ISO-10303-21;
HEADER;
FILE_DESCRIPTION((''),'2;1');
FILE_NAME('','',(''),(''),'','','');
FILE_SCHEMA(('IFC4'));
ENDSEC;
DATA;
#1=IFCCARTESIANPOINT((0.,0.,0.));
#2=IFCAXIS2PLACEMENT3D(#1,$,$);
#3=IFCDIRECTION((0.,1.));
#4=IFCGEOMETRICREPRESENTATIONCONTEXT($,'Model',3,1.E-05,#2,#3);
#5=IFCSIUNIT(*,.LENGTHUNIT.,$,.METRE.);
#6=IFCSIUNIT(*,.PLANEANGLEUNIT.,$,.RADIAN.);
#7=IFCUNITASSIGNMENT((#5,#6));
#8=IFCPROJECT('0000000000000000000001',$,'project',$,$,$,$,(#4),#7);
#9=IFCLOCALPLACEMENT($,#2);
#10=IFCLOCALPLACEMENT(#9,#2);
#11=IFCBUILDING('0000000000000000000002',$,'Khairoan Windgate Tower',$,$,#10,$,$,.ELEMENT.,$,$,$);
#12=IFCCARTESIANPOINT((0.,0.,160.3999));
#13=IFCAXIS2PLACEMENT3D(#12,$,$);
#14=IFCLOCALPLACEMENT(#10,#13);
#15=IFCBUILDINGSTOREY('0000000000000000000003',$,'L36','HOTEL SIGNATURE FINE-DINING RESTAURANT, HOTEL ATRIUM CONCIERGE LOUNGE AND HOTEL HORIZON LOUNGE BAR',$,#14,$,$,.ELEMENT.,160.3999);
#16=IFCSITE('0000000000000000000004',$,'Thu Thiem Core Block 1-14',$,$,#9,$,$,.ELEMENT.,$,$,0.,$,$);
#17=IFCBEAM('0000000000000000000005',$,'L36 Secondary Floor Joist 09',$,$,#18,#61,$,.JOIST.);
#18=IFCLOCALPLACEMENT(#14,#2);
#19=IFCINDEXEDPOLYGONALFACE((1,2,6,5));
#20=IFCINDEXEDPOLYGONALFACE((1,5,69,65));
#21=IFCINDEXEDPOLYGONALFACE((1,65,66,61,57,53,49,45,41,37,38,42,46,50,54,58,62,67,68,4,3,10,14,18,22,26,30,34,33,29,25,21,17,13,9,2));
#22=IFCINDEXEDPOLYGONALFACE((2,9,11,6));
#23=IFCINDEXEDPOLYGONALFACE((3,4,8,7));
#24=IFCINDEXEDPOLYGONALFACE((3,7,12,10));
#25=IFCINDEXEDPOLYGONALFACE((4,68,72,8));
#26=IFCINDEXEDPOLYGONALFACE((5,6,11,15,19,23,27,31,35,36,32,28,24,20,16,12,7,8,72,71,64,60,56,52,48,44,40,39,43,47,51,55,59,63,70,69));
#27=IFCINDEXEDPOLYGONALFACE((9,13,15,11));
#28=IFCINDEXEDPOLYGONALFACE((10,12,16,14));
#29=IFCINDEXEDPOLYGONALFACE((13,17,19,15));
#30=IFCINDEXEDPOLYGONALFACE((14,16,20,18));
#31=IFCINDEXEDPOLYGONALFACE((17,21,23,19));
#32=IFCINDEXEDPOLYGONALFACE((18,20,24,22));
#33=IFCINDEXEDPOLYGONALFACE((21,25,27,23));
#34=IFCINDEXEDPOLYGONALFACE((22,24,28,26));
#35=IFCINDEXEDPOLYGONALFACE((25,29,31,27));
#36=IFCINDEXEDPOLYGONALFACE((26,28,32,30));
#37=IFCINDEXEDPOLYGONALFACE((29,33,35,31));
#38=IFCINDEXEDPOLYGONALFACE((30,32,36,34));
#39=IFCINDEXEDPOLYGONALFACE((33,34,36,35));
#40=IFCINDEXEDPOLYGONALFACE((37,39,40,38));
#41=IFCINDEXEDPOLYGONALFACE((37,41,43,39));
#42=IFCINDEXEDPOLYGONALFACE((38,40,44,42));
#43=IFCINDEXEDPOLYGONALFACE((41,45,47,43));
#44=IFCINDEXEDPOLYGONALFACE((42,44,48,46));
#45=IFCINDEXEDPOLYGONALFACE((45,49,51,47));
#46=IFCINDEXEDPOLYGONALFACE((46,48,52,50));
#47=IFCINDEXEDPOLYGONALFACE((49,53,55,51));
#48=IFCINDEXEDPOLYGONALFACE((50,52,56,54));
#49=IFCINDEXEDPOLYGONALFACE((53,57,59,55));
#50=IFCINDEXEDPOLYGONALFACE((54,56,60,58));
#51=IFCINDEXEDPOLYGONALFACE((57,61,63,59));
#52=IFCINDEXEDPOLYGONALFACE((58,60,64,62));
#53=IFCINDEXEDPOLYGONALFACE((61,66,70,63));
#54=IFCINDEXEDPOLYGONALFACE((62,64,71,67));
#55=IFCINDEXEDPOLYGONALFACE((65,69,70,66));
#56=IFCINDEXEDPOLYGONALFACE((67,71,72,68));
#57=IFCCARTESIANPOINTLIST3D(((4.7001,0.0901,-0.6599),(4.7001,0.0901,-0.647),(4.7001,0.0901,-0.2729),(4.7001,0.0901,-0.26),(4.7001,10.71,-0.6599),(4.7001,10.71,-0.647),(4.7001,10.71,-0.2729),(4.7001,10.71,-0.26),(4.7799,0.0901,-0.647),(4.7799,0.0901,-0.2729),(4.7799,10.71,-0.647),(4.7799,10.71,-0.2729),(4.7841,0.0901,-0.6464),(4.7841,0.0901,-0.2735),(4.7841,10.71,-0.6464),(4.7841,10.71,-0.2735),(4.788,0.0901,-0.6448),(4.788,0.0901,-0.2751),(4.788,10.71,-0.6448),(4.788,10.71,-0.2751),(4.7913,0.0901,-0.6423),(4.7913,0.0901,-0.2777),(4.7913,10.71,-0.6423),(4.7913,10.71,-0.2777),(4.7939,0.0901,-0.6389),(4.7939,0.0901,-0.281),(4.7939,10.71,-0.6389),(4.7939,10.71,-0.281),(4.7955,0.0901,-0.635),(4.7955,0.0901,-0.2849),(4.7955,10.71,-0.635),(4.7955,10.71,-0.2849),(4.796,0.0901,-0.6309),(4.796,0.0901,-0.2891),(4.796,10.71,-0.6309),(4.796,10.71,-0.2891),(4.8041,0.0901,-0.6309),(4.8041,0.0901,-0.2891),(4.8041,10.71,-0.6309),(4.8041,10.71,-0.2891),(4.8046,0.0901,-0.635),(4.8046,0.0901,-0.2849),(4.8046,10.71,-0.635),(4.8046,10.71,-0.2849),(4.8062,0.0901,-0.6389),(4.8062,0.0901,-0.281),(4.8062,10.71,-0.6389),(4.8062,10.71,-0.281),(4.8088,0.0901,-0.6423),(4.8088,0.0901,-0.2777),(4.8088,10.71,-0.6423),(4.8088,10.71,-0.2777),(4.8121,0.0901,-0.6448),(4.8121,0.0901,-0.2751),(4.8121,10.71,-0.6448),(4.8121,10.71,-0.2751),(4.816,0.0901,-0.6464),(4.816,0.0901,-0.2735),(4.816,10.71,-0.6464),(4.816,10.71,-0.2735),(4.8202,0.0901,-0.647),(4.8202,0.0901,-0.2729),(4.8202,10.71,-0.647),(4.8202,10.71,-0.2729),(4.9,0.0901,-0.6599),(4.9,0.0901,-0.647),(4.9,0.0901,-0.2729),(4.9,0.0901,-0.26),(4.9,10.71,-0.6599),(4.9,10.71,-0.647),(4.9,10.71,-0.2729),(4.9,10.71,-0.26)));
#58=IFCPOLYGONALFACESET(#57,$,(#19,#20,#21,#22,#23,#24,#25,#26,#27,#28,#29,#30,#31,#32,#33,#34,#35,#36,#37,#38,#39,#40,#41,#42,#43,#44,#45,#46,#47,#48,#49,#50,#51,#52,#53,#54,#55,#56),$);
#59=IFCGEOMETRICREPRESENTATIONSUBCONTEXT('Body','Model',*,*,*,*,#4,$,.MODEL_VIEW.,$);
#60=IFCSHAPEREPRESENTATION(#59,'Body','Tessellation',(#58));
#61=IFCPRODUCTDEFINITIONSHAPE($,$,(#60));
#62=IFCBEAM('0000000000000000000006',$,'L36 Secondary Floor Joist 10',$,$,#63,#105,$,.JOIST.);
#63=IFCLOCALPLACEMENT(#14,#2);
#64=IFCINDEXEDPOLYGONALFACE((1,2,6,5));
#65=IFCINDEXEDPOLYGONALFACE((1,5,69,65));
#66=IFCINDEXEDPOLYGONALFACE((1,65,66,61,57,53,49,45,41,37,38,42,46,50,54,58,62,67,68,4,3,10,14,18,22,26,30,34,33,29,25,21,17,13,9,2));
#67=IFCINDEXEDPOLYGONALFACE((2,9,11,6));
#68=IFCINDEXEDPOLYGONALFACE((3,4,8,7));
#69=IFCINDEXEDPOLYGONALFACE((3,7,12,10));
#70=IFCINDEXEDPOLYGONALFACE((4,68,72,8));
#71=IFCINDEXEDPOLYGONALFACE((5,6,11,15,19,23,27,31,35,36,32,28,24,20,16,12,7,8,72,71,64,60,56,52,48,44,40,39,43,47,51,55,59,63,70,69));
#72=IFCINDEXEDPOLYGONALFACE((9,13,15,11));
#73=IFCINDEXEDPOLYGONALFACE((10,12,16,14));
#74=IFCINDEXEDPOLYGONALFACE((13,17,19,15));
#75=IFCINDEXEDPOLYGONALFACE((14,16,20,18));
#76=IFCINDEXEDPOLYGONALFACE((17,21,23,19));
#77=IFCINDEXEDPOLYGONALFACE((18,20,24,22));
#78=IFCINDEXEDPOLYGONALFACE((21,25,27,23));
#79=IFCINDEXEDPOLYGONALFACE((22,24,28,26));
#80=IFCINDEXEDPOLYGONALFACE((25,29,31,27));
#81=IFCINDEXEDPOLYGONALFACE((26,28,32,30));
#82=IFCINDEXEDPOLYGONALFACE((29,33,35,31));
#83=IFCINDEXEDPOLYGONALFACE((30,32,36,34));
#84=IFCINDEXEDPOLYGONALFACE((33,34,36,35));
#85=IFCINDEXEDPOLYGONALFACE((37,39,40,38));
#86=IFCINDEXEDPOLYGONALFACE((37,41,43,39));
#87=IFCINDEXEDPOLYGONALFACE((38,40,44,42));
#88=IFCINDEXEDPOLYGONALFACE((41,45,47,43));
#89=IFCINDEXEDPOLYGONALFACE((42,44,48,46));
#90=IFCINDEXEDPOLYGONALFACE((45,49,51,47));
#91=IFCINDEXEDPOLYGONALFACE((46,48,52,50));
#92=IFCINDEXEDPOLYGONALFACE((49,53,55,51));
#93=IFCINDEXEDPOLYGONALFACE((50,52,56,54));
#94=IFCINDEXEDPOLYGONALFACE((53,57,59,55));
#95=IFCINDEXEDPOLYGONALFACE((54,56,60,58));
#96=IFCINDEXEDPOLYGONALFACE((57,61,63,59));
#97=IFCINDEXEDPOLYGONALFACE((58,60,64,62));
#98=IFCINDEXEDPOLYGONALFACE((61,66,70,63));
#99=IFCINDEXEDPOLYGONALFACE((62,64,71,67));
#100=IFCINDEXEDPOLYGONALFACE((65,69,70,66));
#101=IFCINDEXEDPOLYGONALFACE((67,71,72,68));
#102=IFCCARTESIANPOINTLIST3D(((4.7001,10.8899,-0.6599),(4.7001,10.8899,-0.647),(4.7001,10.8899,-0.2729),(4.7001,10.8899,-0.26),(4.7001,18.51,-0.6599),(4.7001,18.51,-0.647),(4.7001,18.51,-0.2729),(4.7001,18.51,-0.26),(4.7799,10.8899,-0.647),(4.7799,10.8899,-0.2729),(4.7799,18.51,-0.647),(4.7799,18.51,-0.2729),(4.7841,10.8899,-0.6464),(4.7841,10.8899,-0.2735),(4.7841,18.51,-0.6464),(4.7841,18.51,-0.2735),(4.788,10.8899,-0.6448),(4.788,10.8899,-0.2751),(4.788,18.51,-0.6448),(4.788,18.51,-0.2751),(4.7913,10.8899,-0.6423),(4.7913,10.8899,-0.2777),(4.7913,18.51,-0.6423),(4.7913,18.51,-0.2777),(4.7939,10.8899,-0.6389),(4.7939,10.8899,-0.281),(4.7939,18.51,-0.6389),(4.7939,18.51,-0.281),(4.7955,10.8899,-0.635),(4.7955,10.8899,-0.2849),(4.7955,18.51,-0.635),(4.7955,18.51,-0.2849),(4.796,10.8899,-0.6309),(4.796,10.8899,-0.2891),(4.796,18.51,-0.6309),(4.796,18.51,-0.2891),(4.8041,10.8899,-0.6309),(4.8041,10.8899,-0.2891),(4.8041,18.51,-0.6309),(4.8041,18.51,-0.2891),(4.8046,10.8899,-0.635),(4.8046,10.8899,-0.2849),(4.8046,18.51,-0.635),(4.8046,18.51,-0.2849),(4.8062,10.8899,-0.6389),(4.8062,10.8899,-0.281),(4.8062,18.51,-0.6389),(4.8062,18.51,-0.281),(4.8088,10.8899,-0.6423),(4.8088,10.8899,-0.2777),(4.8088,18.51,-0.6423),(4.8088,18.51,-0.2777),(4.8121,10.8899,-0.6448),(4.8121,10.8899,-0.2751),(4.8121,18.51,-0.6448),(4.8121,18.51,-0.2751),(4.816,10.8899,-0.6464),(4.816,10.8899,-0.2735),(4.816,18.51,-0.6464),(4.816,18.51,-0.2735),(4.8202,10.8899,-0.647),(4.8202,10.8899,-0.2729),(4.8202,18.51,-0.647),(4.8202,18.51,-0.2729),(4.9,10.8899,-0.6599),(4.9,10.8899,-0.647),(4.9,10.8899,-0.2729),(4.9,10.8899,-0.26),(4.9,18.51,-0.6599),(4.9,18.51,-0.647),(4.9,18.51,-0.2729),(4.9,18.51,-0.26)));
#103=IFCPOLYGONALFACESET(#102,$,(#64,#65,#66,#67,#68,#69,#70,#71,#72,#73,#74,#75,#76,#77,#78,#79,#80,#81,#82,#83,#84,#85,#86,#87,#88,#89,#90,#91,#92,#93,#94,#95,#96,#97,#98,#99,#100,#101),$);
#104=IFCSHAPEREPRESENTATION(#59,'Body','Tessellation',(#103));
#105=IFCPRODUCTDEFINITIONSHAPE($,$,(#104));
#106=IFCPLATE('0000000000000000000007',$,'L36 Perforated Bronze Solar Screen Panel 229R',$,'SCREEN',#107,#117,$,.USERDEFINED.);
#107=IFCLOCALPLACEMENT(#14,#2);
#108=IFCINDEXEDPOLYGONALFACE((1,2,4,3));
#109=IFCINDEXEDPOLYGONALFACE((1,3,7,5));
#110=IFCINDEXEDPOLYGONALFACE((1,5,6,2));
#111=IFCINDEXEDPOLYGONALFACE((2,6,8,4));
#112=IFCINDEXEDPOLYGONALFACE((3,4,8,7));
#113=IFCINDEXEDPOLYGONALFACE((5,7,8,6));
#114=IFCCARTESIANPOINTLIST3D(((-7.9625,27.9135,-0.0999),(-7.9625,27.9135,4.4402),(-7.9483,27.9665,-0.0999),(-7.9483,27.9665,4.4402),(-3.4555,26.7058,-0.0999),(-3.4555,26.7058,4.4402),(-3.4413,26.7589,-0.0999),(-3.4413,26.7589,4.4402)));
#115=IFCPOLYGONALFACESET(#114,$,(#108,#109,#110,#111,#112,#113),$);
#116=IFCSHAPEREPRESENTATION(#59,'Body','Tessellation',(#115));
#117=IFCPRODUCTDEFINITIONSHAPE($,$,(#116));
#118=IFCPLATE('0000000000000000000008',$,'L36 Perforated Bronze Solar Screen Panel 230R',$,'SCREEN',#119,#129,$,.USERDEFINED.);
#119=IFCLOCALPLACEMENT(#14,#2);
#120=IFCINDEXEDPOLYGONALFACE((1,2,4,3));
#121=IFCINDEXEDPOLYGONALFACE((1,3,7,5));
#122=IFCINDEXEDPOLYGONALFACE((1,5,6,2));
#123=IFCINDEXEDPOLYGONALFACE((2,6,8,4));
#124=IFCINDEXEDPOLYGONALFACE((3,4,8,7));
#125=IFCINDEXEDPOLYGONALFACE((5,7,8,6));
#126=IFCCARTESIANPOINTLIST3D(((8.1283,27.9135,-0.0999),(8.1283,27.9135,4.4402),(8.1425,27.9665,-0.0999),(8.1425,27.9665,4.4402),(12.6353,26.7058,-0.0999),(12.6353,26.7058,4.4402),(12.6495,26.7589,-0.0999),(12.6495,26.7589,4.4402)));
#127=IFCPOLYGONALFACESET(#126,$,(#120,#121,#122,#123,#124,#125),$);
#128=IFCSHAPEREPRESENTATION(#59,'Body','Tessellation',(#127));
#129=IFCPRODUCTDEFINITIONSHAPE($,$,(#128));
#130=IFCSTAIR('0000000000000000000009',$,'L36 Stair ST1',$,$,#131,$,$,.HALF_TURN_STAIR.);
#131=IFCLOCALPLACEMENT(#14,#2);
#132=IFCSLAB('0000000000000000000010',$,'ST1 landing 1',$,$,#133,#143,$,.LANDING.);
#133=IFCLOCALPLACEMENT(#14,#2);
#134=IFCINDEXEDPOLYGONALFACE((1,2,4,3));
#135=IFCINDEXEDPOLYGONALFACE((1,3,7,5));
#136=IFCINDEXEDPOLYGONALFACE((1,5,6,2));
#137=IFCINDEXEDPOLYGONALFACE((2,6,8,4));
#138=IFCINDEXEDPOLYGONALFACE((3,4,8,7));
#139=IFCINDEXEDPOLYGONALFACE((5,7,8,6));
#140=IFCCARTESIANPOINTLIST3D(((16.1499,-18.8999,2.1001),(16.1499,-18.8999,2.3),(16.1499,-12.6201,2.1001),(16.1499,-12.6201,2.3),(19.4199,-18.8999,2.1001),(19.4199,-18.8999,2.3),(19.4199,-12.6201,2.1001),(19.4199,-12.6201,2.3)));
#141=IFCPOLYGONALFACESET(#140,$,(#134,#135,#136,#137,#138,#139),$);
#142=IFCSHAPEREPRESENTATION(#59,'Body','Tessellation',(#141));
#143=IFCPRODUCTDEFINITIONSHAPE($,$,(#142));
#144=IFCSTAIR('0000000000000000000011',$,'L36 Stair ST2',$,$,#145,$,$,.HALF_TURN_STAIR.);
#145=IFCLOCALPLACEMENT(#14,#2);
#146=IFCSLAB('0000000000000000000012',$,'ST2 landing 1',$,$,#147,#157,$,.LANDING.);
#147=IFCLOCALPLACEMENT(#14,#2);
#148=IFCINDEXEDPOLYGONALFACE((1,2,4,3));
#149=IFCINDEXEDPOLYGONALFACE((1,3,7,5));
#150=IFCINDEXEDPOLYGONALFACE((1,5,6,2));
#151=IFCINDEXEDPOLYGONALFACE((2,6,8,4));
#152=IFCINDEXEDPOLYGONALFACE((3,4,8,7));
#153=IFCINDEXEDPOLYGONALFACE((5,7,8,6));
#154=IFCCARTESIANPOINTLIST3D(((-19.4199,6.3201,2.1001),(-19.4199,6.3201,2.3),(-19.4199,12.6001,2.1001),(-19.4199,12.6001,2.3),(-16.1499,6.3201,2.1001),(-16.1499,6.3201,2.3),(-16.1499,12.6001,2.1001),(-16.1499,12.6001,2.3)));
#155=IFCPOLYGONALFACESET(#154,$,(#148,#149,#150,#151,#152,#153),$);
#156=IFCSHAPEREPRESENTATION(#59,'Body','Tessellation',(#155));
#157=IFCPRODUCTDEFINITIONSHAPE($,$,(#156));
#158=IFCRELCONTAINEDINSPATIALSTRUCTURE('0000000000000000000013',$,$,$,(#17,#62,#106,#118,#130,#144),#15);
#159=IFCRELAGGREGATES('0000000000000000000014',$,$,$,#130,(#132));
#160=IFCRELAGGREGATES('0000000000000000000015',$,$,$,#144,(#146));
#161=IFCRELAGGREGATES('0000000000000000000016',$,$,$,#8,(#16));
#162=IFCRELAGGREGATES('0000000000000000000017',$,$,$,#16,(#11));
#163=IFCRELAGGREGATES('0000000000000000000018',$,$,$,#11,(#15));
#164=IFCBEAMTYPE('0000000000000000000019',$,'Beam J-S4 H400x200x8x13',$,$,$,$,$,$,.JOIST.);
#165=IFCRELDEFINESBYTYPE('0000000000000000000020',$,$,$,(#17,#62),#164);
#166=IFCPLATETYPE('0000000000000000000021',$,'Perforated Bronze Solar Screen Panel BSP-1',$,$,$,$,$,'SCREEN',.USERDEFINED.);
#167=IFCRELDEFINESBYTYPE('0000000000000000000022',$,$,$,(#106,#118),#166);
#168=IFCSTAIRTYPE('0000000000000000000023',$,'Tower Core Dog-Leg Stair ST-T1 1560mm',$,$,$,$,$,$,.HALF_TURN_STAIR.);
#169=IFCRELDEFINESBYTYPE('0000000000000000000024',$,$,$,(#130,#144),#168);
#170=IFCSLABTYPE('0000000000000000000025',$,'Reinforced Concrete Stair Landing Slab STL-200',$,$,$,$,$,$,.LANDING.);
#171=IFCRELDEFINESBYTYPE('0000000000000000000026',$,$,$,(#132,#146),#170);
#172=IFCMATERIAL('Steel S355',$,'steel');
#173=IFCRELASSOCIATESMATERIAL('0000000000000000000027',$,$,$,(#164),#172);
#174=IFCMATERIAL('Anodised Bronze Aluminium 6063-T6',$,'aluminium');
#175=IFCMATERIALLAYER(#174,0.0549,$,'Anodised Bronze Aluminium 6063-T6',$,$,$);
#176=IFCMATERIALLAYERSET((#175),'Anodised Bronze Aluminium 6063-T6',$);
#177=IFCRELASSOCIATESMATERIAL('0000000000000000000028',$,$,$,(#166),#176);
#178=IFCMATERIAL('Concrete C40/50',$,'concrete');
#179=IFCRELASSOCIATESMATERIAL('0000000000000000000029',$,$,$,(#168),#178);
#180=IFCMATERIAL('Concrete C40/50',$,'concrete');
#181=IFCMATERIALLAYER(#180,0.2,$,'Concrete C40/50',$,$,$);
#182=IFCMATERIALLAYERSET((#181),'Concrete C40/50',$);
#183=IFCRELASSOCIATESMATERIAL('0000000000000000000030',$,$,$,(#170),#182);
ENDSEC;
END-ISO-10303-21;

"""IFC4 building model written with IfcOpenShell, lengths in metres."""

from ifc_helpers import new_model, si_unit, direction, frame, origin, origin_2d, place, context, subcontext, project, spatial, polyline, rectangle, i_section, outline, extrude, material, layer, layer_set, material_profile, profile_set, type_object, element, aggregate, save


model = new_model("IFC4")

# Units and contexts
model_context = context("Model", 3, precision=1e-05, world=origin(), true_north=direction((0.0, 1.0)))
body_context = subcontext(model_context, "Body", "Model", "MODEL_VIEW")
ifc_project = project(units=[si_unit("LENGTHUNIT", "METRE"), si_unit("PLANEANGLEUNIT", "RADIAN")], contexts=[model_context])

# Site, building, storey
site_placement = place(None, origin())
site = spatial("IfcSite", under=ifc_project, at=site_placement, Name="Thu Thiem Core Block 1-14", CompositionType="ELEMENT", RefElevation=0.0)
building_placement = place(site_placement, origin())
building = spatial("IfcBuilding", under=site, at=building_placement, Name="Khairoan Windgate Tower", CompositionType="ELEMENT")
storey_placement = place(building_placement, frame((0.0, 0.0, 160.3999)))
storey = spatial("IfcBuildingStorey", under=building, at=storey_placement, Name="L36", Description="HOTEL SIGNATURE FINE-DINING RESTAURANT, HOTEL ATRIUM CONCIERGE LOUNGE AND HOTEL HORIZON LOUNGE BAR", CompositionType="ELEMENT", Elevation=160.3999)

# Beams
ifc_material_1 = material(Name="Steel S355", Category="steel")
ifc_material_profile_1 = material_profile(ifc_material_1, i_section(OverallWidth=0.2, OverallDepth=0.3999, WebThickness=0.0081, FlangeThickness=0.0129, FilletRadius=0.0161, at=origin_2d()))
ifc_profile_set_1 = profile_set([ifc_material_profile_1], Name="Steel S355")
beam_type_1 = type_object("IfcBeamType", Name="Beam J-S4 H400x200x8x13", PredefinedType="JOIST", material=ifc_profile_set_1)
beam_1_placement = place(storey_placement, frame((4.8, 0.0901, -0.46), z_axis=(0.0, 1.0, 0.0), x_axis=(-1.0, 0.0, 0.0)))
element("IfcBeam", 1, at=beam_1_placement, inside=storey, type_object=beam_type_1, Name="L36 Secondary Floor Joist 09", PredefinedType="JOIST", context=body_context, shape_type="SweptSolid", body=[
    extrude(i_section(OverallWidth=0.2, OverallDepth=0.3999, WebThickness=0.0081, FlangeThickness=0.0129, FilletRadius=0.0161, at=origin_2d()), origin(), (0.0, 0.0, 1.0), 10.6199),
])
beam_2_placement = place(storey_placement, frame((4.8, 10.8899, -0.46), z_axis=(0.0, 1.0, 0.0), x_axis=(-1.0, 0.0, 0.0)))
element("IfcBeam", 2, at=beam_2_placement, inside=storey, type_object=beam_type_1, Name="L36 Secondary Floor Joist 10", PredefinedType="JOIST", context=body_context, shape_type="SweptSolid", body=[
    extrude(i_section(OverallWidth=0.2, OverallDepth=0.3999, WebThickness=0.0081, FlangeThickness=0.0129, FilletRadius=0.0161, at=origin_2d()), origin(), (0.0, 0.0, 1.0), 7.6201),
])

# Plates
ifc_material_2 = material(Name="Anodised Bronze Aluminium 6063-T6", Category="aluminium")
ifc_layer_1 = layer(ifc_material_2, 0.0549, Name="Anodised Bronze Aluminium 6063-T6")
ifc_layer_set_1 = layer_set([ifc_layer_1], Name="Anodised Bronze Aluminium 6063-T6")
plate_type = type_object("IfcPlateType", Name="Perforated Bronze Solar Screen Panel BSP-1", ElementType="SCREEN", PredefinedType="USERDEFINED", material=ifc_layer_set_1)
for number, where, z_axis, x_axis, name in (
    (3, (-5.7019, 27.3362, -0.0999), (0.0, 0.0, 1.0), (0.965926, -0.258819, 0.0), "L36 Perforated Bronze Solar Screen Panel 229R"),
    (4, (10.3889, 27.3362, -0.0999), (0.0, 0.0, 1.0), (0.965926, -0.258819, 0.0), "L36 Perforated Bronze Solar Screen Panel 230R"),
):
    element("IfcPlate", number, at=place(storey_placement, frame(where, z_axis=z_axis, x_axis=x_axis)), inside=storey, type_object=plate_type, Name=name, ObjectType="SCREEN", PredefinedType="USERDEFINED", context=body_context, shape_type="SweptSolid", body=[
        extrude(rectangle(XDim=4.666, YDim=0.0549, at=origin_2d()), origin(), (0.0, 0.0, 1.0), 4.54),
    ])

# Stairs, slabs
ifc_material_3 = material(Name="Concrete C40/50", Category="concrete")
stair_type = type_object("IfcStairType", Name="Tower Core Dog-Leg Stair ST-T1 1560mm", PredefinedType="HALF_TURN_STAIR", material=ifc_material_3)
stair_1_placement = place(storey_placement, origin())
stair_1 = element("IfcStair", 5, at=stair_1_placement, inside=storey, type_object=stair_type, Name="L36 Stair ST1", PredefinedType="HALF_TURN_STAIR")
ifc_material_4 = material(Name="Concrete C40/50", Category="concrete")
ifc_layer_2 = layer(ifc_material_4, 0.2, Name="Concrete C40/50")
ifc_layer_set_2 = layer_set([ifc_layer_2], Name="Concrete C40/50")
slab_type_1 = type_object("IfcSlabType", Name="Reinforced Concrete Stair Landing Slab STL-200", PredefinedType="LANDING", material=ifc_layer_set_2)
slab_1_placement = place(storey_placement, frame((0.0, 0.0, 2.1001)))
slab_1 = element("IfcSlab", 6, at=slab_1_placement, type_object=slab_type_1, Name="ST1 landing 1", PredefinedType="LANDING", context=body_context, shape_type="SweptSolid", body=[
    extrude(outline(polyline([(16.1499, -12.6201), (16.1499, -18.8999), (19.4199, -18.8999), (19.4199, -12.6201), (16.1499, -12.6201)])), origin(), (0.0, 0.0, 1.0), 0.2),
])
aggregate(stair_1, [slab_1])
stair_2_placement = place(storey_placement, origin())
stair_2 = element("IfcStair", 7, at=stair_2_placement, inside=storey, type_object=stair_type, Name="L36 Stair ST2", PredefinedType="HALF_TURN_STAIR")
slab_2_placement = place(storey_placement, frame((0.0, 0.0, 2.1001)))
slab_2 = element("IfcSlab", 8, at=slab_2_placement, type_object=slab_type_1, Name="ST2 landing 1", PredefinedType="LANDING", context=body_context, shape_type="SweptSolid", body=[
    extrude(outline(polyline([(-16.1499, 6.3201), (-16.1499, 12.6001), (-19.4199, 12.6001), (-19.4199, 6.3201), (-16.1499, 6.3201)])), origin(), (0.0, 0.0, 1.0), 0.2),
])
aggregate(stair_2, [slab_2])

save(model, "model.ifc")
